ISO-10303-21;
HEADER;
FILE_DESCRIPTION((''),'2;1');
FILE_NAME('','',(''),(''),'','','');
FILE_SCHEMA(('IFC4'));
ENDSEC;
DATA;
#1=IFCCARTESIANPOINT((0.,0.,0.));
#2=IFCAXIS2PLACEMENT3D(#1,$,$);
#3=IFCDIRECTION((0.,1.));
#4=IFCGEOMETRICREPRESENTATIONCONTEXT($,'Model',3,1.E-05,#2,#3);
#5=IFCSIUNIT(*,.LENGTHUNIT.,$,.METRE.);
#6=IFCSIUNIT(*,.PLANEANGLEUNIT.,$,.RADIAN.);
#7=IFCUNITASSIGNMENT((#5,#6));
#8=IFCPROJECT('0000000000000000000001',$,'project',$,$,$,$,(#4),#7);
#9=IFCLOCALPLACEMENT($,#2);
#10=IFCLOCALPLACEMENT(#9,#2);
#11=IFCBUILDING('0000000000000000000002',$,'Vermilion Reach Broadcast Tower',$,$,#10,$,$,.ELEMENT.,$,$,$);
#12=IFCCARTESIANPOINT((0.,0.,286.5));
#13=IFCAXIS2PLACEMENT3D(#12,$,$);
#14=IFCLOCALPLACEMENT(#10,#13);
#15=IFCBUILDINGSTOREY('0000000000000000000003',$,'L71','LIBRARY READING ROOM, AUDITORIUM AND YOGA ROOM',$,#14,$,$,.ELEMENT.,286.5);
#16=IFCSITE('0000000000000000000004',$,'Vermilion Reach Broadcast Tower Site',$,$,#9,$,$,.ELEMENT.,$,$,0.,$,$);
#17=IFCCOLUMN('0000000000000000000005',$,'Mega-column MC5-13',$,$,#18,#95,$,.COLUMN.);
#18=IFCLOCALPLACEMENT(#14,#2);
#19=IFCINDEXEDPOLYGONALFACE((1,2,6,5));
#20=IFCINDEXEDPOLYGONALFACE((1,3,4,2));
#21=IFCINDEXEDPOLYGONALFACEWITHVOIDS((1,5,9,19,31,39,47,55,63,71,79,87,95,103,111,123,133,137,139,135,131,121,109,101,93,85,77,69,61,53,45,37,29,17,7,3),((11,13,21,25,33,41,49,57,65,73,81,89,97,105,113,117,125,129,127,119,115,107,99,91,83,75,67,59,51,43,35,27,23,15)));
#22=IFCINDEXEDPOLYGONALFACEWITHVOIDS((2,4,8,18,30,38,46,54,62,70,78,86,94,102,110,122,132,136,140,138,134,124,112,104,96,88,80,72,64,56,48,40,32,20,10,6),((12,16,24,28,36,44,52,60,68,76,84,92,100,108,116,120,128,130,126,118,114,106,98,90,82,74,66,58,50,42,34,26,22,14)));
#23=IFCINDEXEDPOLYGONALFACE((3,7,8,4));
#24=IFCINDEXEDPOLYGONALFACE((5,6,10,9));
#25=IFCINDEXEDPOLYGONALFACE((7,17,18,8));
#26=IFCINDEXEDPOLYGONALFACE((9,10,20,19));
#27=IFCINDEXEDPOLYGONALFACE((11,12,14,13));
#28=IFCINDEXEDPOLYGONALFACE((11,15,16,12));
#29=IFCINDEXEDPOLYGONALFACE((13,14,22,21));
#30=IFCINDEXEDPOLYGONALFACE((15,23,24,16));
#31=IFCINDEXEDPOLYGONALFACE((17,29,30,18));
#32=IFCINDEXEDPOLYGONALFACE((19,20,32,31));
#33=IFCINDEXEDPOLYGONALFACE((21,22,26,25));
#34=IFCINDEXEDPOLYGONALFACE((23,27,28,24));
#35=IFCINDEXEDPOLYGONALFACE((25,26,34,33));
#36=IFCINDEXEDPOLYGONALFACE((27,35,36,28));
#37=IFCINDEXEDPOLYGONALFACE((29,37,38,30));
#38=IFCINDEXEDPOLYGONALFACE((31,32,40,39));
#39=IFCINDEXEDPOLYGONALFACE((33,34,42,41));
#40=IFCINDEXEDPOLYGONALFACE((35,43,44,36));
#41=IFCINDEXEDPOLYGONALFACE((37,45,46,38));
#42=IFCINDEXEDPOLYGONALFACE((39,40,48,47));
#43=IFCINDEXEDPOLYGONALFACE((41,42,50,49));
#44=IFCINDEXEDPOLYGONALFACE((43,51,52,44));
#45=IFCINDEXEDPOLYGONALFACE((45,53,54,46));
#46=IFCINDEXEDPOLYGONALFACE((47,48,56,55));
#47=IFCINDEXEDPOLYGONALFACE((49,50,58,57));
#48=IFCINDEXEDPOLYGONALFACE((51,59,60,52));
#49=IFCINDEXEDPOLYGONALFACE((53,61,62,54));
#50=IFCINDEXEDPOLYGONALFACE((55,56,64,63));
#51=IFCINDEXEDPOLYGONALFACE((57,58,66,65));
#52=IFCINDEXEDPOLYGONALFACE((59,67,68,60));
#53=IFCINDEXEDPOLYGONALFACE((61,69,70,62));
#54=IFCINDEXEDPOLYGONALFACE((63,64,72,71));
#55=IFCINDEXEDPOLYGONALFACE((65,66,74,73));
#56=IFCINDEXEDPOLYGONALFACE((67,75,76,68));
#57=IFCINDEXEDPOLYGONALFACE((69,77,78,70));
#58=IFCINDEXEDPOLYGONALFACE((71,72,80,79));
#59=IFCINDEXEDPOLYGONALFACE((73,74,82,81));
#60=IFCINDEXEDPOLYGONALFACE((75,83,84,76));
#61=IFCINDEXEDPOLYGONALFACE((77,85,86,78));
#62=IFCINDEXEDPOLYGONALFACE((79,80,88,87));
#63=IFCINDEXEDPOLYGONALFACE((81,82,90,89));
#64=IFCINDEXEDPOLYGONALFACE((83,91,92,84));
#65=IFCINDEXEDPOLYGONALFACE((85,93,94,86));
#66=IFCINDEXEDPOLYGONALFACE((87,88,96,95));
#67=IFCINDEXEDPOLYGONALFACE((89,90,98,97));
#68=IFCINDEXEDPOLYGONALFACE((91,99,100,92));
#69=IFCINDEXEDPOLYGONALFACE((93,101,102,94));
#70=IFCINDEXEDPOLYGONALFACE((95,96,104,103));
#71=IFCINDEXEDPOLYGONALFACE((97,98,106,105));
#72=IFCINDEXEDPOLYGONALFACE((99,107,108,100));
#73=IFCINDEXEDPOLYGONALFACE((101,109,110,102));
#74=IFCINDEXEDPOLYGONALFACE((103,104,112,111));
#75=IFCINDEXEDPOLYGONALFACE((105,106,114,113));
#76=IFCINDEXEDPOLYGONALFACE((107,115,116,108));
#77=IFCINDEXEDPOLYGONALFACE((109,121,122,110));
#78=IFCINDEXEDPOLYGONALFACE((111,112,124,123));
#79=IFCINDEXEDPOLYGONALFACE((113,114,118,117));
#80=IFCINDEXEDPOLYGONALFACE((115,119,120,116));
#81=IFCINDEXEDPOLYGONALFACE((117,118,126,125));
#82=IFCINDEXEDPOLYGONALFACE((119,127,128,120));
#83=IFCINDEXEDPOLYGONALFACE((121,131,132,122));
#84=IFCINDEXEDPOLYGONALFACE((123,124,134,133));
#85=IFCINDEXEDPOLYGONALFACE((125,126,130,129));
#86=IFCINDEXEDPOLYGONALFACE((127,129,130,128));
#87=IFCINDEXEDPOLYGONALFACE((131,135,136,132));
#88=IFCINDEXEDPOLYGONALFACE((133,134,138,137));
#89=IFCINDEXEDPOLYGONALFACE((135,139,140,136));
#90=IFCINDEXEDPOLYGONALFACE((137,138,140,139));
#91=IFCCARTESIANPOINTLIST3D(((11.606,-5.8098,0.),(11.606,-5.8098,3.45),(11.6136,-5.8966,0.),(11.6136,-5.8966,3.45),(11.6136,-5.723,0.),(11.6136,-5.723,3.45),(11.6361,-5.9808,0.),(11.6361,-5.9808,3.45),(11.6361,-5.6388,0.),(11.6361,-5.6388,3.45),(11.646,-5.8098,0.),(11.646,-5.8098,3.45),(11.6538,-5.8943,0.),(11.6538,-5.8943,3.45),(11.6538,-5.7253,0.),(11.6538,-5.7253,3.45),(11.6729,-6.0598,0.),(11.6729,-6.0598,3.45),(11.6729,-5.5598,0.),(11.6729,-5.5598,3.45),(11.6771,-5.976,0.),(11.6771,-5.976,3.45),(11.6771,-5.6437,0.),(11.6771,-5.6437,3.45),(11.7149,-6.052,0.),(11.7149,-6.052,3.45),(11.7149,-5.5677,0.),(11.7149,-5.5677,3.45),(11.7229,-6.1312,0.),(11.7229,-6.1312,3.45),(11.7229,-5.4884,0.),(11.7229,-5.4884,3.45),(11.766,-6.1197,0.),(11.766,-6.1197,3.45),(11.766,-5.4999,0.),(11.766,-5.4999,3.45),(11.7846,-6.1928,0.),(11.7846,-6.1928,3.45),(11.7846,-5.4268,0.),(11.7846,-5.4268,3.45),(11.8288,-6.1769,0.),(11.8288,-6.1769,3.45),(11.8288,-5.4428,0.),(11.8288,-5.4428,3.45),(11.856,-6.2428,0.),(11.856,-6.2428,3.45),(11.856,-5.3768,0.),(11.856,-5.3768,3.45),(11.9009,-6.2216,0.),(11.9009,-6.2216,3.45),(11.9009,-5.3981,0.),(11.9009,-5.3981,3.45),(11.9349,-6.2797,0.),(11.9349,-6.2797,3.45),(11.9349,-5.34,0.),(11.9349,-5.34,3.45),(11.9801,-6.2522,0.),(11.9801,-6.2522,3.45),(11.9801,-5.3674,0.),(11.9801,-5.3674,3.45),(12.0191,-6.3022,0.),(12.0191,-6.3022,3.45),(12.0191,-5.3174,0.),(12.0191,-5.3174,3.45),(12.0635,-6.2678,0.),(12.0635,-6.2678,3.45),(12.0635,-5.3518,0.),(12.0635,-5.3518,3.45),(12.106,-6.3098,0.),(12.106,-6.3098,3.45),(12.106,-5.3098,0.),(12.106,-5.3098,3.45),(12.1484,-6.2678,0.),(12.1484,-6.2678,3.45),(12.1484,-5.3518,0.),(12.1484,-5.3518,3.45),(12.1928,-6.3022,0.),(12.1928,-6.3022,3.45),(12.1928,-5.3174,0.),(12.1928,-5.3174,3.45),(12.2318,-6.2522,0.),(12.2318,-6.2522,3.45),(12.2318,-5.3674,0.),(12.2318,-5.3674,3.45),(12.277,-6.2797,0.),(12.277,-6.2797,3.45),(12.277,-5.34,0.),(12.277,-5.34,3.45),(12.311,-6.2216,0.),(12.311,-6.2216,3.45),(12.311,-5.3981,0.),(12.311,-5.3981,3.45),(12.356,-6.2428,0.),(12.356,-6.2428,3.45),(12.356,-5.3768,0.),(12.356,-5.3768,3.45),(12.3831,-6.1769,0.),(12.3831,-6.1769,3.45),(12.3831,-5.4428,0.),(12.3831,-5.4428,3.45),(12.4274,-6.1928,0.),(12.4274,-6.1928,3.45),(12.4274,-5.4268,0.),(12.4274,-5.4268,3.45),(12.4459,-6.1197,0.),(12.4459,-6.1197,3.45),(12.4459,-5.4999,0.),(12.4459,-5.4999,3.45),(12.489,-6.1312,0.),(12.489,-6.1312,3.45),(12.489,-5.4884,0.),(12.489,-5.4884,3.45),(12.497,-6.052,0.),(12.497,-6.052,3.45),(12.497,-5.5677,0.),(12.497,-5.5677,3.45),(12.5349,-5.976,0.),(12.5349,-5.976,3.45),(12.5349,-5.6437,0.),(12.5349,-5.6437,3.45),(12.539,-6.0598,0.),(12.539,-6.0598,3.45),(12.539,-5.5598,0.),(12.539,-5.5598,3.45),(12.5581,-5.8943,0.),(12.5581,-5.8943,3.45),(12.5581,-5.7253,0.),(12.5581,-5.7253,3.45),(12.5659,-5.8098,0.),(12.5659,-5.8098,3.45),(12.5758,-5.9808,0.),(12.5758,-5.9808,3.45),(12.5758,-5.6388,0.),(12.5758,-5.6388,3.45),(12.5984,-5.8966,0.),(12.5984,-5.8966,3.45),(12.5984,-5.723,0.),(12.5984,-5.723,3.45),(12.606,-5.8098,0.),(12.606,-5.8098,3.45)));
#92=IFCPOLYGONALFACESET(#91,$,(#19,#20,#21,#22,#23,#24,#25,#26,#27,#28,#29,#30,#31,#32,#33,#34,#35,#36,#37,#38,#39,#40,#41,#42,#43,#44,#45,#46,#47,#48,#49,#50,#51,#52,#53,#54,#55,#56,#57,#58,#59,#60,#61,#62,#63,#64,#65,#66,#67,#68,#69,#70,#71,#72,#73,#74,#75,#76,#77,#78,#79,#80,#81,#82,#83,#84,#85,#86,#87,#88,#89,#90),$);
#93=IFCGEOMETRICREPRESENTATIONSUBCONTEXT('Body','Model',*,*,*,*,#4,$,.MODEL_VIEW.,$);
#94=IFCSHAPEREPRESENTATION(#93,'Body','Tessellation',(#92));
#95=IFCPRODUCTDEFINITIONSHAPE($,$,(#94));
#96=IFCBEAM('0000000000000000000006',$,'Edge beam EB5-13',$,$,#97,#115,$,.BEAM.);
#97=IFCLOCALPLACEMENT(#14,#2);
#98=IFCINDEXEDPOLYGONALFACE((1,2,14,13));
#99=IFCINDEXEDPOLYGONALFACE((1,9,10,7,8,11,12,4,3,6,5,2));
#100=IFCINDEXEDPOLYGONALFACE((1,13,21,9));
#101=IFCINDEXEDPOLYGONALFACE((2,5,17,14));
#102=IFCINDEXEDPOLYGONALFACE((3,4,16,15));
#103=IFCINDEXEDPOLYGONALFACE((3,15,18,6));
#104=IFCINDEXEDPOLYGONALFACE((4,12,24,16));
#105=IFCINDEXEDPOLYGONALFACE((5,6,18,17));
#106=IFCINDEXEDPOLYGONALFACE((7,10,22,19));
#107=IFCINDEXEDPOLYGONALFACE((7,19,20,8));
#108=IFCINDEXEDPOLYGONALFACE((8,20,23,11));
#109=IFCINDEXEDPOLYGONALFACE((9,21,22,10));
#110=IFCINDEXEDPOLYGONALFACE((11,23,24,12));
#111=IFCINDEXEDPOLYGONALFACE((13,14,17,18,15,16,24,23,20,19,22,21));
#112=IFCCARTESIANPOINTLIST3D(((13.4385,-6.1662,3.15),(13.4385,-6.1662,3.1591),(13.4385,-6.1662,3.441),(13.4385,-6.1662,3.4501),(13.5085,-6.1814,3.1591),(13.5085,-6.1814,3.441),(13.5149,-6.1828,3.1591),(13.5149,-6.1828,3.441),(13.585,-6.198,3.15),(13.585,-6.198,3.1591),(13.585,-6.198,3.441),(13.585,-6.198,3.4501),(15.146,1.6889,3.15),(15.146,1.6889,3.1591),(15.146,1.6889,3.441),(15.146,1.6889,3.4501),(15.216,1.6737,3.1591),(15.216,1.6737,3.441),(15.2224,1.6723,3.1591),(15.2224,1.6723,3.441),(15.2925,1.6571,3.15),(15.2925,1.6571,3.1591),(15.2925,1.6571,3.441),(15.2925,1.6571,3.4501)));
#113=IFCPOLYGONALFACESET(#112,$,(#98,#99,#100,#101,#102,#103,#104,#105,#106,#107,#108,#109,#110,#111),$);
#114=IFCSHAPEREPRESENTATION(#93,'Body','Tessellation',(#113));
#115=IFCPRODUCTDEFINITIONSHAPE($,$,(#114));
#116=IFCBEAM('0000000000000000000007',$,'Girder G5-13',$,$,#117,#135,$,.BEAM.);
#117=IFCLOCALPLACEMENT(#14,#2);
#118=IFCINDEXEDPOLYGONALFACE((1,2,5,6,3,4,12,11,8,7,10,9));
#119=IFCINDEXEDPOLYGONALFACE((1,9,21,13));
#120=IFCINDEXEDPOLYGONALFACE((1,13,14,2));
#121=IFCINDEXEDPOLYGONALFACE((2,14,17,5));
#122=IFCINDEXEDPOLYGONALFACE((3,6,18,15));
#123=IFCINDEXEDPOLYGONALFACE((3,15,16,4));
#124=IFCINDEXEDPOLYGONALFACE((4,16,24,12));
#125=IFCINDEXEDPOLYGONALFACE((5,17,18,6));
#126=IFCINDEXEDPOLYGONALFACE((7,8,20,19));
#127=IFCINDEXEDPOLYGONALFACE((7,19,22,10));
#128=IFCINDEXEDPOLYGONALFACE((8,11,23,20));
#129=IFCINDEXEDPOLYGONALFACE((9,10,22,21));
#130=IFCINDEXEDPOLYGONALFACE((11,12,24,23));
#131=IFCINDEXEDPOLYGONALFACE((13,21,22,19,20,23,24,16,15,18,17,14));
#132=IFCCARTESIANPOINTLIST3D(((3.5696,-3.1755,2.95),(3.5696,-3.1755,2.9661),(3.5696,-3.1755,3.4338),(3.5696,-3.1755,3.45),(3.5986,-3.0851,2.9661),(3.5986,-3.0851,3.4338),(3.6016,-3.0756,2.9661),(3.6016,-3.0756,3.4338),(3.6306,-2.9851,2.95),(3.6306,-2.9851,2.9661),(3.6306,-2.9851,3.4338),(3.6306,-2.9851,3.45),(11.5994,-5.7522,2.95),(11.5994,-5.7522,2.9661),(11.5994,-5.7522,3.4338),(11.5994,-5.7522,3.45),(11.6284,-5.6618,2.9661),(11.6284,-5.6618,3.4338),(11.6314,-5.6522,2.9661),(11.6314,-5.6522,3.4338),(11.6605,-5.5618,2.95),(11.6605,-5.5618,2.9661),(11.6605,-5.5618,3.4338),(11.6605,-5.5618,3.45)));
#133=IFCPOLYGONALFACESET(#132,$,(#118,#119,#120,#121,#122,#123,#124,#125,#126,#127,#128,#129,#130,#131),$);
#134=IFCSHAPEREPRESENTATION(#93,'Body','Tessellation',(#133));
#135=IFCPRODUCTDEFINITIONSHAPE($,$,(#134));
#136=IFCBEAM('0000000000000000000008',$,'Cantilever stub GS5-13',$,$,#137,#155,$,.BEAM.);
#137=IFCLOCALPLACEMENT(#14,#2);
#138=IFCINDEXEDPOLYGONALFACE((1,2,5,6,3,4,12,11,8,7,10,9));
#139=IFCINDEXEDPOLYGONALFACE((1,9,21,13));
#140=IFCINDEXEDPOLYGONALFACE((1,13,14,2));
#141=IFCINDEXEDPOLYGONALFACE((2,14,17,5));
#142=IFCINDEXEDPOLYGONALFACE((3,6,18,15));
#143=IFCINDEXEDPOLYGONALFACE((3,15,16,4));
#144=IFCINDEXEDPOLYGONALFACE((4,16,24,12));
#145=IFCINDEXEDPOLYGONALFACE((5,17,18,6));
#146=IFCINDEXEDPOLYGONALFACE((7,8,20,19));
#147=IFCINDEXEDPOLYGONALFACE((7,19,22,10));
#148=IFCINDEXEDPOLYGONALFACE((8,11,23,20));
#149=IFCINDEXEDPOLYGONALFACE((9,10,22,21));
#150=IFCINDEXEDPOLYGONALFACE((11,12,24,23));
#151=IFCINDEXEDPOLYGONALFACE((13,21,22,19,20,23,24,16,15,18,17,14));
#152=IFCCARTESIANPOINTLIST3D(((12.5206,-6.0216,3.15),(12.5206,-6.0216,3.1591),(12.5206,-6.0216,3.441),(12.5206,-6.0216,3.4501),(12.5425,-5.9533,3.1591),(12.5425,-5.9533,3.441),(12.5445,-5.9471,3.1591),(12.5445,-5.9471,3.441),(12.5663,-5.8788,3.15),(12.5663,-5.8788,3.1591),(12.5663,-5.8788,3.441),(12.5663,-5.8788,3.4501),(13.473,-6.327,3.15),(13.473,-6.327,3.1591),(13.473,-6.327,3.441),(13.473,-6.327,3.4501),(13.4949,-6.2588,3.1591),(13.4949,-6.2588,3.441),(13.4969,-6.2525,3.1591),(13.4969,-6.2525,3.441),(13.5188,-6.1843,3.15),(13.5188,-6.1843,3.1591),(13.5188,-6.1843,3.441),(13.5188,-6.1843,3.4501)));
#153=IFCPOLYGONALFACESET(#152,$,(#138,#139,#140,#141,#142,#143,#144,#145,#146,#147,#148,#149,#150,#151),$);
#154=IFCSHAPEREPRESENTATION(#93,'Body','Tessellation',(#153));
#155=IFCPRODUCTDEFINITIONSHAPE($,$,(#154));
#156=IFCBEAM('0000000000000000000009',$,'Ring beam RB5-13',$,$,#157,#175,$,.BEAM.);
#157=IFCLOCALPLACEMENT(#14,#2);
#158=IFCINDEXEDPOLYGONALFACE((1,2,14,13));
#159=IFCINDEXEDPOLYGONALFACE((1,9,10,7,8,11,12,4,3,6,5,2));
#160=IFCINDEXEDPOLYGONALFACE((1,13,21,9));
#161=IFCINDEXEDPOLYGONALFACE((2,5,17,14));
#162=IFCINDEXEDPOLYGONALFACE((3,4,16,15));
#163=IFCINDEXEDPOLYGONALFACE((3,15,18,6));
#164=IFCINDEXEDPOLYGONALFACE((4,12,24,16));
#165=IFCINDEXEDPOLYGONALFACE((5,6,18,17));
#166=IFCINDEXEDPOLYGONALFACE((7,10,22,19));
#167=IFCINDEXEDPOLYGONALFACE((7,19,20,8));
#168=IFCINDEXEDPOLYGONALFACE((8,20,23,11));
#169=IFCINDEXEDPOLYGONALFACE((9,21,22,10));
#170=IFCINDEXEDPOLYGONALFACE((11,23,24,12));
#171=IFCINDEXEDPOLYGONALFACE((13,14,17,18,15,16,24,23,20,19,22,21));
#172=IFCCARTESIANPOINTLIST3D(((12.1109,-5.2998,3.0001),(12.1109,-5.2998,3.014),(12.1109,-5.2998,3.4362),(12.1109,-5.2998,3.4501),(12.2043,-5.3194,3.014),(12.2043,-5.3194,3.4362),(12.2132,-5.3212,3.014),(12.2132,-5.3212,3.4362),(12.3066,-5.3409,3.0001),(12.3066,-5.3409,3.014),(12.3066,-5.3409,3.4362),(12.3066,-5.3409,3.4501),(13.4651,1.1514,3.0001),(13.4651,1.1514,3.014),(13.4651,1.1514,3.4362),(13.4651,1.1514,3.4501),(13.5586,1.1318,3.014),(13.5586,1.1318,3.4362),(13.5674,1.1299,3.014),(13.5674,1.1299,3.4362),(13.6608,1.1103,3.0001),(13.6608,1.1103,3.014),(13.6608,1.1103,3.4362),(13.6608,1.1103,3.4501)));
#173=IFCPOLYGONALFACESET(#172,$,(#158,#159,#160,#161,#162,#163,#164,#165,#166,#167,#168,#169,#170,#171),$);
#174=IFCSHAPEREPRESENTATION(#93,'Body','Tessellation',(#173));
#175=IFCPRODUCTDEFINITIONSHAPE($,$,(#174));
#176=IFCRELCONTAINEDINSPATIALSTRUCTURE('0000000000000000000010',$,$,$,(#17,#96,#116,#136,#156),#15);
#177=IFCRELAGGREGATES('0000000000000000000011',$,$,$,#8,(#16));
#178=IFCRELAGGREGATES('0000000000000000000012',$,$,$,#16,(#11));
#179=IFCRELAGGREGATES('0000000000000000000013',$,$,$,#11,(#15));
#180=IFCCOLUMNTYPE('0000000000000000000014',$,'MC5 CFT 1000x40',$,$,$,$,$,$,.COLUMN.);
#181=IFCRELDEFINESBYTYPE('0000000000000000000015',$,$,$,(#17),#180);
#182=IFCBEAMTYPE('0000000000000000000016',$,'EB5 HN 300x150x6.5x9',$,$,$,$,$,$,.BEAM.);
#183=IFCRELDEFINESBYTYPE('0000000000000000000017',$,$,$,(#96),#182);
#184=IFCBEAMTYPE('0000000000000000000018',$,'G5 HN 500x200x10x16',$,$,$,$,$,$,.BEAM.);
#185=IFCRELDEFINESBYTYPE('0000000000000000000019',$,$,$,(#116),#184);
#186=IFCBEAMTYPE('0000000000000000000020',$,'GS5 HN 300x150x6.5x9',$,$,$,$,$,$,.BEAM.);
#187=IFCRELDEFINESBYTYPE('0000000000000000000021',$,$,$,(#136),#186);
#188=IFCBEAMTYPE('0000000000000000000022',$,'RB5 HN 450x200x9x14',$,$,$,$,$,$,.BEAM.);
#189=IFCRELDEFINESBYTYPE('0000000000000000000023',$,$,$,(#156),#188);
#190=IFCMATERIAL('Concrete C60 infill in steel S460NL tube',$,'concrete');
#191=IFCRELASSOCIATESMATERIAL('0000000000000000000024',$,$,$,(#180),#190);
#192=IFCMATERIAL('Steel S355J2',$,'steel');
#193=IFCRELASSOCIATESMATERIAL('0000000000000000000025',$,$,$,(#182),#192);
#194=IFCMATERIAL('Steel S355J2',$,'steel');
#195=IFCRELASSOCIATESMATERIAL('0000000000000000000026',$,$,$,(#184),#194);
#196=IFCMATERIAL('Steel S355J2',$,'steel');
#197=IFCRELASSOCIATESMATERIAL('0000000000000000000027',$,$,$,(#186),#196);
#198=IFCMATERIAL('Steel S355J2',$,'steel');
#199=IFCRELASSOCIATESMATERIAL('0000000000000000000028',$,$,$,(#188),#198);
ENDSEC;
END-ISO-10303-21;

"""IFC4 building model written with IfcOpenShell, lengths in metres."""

from ifc_helpers import new_model, si_unit, direction, frame, origin, origin_2d, place, context, subcontext, project, spatial, hollow_circle, i_section, extrude, material, material_profile, profile_set, type_object, element, save


model = new_model("IFC4")

# Units and contexts
model_context = context("Model", 3, precision=1e-05, world=origin(), true_north=direction((0.0, 1.0)))
body_context = subcontext(model_context, "Body", "Model", "MODEL_VIEW")
ifc_project = project(units=[si_unit("LENGTHUNIT", "METRE"), si_unit("PLANEANGLEUNIT", "RADIAN")], contexts=[model_context])

# Site, building, storey
site_placement = place(None, origin())
site = spatial("IfcSite", under=ifc_project, at=site_placement, Name="Vermilion Reach Broadcast Tower Site", CompositionType="ELEMENT", RefElevation=0.0)
building_placement = place(site_placement, origin())
building = spatial("IfcBuilding", under=site, at=building_placement, Name="Vermilion Reach Broadcast Tower", CompositionType="ELEMENT")
storey_placement = place(building_placement, frame((0.0, 0.0, 286.5)))
storey = spatial("IfcBuildingStorey", under=building, at=storey_placement, Name="L71", Description="LIBRARY READING ROOM, AUDITORIUM AND YOGA ROOM", CompositionType="ELEMENT", Elevation=286.5)

# Column
ifc_material_1 = material(Name="Concrete C60 infill in steel S460NL tube", Category="concrete")
ifc_material_profile_1 = material_profile(ifc_material_1, hollow_circle(Radius=0.5, WallThickness=0.04, at=origin_2d()), Name="Concrete C60 infill in steel S460NL tube CFT 1000x40")
ifc_profile_set_1 = profile_set([ifc_material_profile_1], Name="Concrete C60 infill in steel S460NL tube")
column_type = type_object("IfcColumnType", Name="MC5 CFT 1000x40", PredefinedType="COLUMN", material=ifc_profile_set_1)
column_placement = place(storey_placement, frame((12.106, -5.8098, 0.0), z_axis=(0.0, 0.0, 1.0), x_axis=(1.0, 0.0, 0.0)))
element("IfcColumn", 1, at=column_placement, inside=storey, type_object=column_type, Name="Mega-column MC5-13", PredefinedType="COLUMN", context=body_context, shape_type="SweptSolid", body=[
    extrude(hollow_circle(Radius=0.5, WallThickness=0.04, at=origin_2d()), origin(), (0.0, 0.0, 1.0), 3.45),
])

# Beams
ifc_material_2 = material(Name="Steel S355J2", Category="steel")
ifc_material_profile_2 = material_profile(ifc_material_2, i_section(OverallWidth=0.1499, OverallDepth=0.3, WebThickness=0.0066, FlangeThickness=0.009, at=origin_2d()), Name="S355J2 HN 300x150x6.5x9")
ifc_profile_set_2 = profile_set([ifc_material_profile_2], Name="Steel S355J2")
beam_type_1 = type_object("IfcBeamType", Name="EB5 HN 300x150x6.5x9", PredefinedType="BEAM", material=ifc_profile_set_2)
beam_1_placement = place(storey_placement, frame((13.5117, -6.1821, 3.3), z_axis=(0.212413, 0.97718, 0.0), x_axis=(-0.97718, 0.212413, 0.0)))
element("IfcBeam", 2, at=beam_1_placement, inside=storey, type_object=beam_type_1, Name="Edge beam EB5-13", PredefinedType="BEAM", context=body_context, shape_type="SweptSolid", body=[
    extrude(i_section(OverallWidth=0.1499, OverallDepth=0.3, WebThickness=0.0066, FlangeThickness=0.009, at=origin_2d()), origin(), (0.0, 0.0, 1.0), 8.0386),
])
ifc_material_3 = material(Name="Steel S355J2", Category="steel")
ifc_material_profile_3 = material_profile(ifc_material_3, i_section(OverallWidth=0.2, OverallDepth=0.5, WebThickness=0.01, FlangeThickness=0.0161, at=origin_2d()), Name="S355J2 HN 500x200x10x16")
ifc_profile_set_3 = profile_set([ifc_material_profile_3], Name="Steel S355J2")
beam_type_2 = type_object("IfcBeamType", Name="G5 HN 500x200x10x16", PredefinedType="BEAM", material=ifc_profile_set_3)
beam_2_placement = place(storey_placement, frame((3.6001, -3.0803, 3.2), z_axis=(0.952178, -0.305542, 0.0), x_axis=(0.305542, 0.952178, 0.0)))
element("IfcBeam", 3, at=beam_2_placement, inside=storey, type_object=beam_type_2, Name="Girder G5-13", PredefinedType="BEAM", context=body_context, shape_type="SweptSolid", body=[
    extrude(i_section(OverallWidth=0.2, OverallDepth=0.5, WebThickness=0.01, FlangeThickness=0.0161, at=origin_2d()), origin(), (0.0, 0.0, 1.0), 8.4331),
])
ifc_material_4 = material(Name="Steel S355J2", Category="steel")
ifc_material_profile_4 = material_profile(ifc_material_4, i_section(OverallWidth=0.1499, OverallDepth=0.3, WebThickness=0.0066, FlangeThickness=0.009, at=origin_2d()), Name="S355J2 HN 300x150x6.5x9")
ifc_profile_set_4 = profile_set([ifc_material_profile_4], Name="Steel S355J2")
beam_type_3 = type_object("IfcBeamType", Name="GS5 HN 300x150x6.5x9", PredefinedType="BEAM", material=ifc_profile_set_4)
beam_3_placement = place(storey_placement, frame((12.5435, -5.9502, 3.3), z_axis=(0.952234, -0.305369, 0.0), x_axis=(0.305369, 0.952234, 0.0)))
element("IfcBeam", 4, at=beam_3_placement, inside=storey, type_object=beam_type_3, Name="Cantilever stub GS5-13", PredefinedType="BEAM", context=body_context, shape_type="SweptSolid", body=[
    extrude(i_section(OverallWidth=0.1499, OverallDepth=0.3, WebThickness=0.0066, FlangeThickness=0.009, at=origin_2d()), origin(), (0.0, 0.0, 1.0), 1.0002),
])
ifc_material_5 = material(Name="Steel S355J2", Category="steel")
ifc_material_profile_5 = material_profile(ifc_material_5, i_section(OverallWidth=0.2, OverallDepth=0.45, WebThickness=0.009, FlangeThickness=0.0139, at=origin_2d()), Name="S355J2 HN 450x200x9x14")
ifc_profile_set_5 = profile_set([ifc_material_profile_5], Name="Steel S355J2")
beam_type_4 = type_object("IfcBeamType", Name="RB5 HN 450x200x9x14", PredefinedType="BEAM", material=ifc_profile_set_5)
beam_4_placement = place(storey_placement, frame((12.2087, -5.3203, 3.2251), z_axis=(0.205445, 0.978669, 0.0), x_axis=(-0.978669, 0.205445, 0.0)))
element("IfcBeam", 5, at=beam_4_placement, inside=storey, type_object=beam_type_4, Name="Ring beam RB5-13", PredefinedType="BEAM", context=body_context, shape_type="SweptSolid", body=[
    extrude(i_section(OverallWidth=0.2, OverallDepth=0.45, WebThickness=0.009, FlangeThickness=0.0139, at=origin_2d()), origin(), (0.0, 0.0, 1.0), 6.5918),
])

save(model, "model.ifc")
